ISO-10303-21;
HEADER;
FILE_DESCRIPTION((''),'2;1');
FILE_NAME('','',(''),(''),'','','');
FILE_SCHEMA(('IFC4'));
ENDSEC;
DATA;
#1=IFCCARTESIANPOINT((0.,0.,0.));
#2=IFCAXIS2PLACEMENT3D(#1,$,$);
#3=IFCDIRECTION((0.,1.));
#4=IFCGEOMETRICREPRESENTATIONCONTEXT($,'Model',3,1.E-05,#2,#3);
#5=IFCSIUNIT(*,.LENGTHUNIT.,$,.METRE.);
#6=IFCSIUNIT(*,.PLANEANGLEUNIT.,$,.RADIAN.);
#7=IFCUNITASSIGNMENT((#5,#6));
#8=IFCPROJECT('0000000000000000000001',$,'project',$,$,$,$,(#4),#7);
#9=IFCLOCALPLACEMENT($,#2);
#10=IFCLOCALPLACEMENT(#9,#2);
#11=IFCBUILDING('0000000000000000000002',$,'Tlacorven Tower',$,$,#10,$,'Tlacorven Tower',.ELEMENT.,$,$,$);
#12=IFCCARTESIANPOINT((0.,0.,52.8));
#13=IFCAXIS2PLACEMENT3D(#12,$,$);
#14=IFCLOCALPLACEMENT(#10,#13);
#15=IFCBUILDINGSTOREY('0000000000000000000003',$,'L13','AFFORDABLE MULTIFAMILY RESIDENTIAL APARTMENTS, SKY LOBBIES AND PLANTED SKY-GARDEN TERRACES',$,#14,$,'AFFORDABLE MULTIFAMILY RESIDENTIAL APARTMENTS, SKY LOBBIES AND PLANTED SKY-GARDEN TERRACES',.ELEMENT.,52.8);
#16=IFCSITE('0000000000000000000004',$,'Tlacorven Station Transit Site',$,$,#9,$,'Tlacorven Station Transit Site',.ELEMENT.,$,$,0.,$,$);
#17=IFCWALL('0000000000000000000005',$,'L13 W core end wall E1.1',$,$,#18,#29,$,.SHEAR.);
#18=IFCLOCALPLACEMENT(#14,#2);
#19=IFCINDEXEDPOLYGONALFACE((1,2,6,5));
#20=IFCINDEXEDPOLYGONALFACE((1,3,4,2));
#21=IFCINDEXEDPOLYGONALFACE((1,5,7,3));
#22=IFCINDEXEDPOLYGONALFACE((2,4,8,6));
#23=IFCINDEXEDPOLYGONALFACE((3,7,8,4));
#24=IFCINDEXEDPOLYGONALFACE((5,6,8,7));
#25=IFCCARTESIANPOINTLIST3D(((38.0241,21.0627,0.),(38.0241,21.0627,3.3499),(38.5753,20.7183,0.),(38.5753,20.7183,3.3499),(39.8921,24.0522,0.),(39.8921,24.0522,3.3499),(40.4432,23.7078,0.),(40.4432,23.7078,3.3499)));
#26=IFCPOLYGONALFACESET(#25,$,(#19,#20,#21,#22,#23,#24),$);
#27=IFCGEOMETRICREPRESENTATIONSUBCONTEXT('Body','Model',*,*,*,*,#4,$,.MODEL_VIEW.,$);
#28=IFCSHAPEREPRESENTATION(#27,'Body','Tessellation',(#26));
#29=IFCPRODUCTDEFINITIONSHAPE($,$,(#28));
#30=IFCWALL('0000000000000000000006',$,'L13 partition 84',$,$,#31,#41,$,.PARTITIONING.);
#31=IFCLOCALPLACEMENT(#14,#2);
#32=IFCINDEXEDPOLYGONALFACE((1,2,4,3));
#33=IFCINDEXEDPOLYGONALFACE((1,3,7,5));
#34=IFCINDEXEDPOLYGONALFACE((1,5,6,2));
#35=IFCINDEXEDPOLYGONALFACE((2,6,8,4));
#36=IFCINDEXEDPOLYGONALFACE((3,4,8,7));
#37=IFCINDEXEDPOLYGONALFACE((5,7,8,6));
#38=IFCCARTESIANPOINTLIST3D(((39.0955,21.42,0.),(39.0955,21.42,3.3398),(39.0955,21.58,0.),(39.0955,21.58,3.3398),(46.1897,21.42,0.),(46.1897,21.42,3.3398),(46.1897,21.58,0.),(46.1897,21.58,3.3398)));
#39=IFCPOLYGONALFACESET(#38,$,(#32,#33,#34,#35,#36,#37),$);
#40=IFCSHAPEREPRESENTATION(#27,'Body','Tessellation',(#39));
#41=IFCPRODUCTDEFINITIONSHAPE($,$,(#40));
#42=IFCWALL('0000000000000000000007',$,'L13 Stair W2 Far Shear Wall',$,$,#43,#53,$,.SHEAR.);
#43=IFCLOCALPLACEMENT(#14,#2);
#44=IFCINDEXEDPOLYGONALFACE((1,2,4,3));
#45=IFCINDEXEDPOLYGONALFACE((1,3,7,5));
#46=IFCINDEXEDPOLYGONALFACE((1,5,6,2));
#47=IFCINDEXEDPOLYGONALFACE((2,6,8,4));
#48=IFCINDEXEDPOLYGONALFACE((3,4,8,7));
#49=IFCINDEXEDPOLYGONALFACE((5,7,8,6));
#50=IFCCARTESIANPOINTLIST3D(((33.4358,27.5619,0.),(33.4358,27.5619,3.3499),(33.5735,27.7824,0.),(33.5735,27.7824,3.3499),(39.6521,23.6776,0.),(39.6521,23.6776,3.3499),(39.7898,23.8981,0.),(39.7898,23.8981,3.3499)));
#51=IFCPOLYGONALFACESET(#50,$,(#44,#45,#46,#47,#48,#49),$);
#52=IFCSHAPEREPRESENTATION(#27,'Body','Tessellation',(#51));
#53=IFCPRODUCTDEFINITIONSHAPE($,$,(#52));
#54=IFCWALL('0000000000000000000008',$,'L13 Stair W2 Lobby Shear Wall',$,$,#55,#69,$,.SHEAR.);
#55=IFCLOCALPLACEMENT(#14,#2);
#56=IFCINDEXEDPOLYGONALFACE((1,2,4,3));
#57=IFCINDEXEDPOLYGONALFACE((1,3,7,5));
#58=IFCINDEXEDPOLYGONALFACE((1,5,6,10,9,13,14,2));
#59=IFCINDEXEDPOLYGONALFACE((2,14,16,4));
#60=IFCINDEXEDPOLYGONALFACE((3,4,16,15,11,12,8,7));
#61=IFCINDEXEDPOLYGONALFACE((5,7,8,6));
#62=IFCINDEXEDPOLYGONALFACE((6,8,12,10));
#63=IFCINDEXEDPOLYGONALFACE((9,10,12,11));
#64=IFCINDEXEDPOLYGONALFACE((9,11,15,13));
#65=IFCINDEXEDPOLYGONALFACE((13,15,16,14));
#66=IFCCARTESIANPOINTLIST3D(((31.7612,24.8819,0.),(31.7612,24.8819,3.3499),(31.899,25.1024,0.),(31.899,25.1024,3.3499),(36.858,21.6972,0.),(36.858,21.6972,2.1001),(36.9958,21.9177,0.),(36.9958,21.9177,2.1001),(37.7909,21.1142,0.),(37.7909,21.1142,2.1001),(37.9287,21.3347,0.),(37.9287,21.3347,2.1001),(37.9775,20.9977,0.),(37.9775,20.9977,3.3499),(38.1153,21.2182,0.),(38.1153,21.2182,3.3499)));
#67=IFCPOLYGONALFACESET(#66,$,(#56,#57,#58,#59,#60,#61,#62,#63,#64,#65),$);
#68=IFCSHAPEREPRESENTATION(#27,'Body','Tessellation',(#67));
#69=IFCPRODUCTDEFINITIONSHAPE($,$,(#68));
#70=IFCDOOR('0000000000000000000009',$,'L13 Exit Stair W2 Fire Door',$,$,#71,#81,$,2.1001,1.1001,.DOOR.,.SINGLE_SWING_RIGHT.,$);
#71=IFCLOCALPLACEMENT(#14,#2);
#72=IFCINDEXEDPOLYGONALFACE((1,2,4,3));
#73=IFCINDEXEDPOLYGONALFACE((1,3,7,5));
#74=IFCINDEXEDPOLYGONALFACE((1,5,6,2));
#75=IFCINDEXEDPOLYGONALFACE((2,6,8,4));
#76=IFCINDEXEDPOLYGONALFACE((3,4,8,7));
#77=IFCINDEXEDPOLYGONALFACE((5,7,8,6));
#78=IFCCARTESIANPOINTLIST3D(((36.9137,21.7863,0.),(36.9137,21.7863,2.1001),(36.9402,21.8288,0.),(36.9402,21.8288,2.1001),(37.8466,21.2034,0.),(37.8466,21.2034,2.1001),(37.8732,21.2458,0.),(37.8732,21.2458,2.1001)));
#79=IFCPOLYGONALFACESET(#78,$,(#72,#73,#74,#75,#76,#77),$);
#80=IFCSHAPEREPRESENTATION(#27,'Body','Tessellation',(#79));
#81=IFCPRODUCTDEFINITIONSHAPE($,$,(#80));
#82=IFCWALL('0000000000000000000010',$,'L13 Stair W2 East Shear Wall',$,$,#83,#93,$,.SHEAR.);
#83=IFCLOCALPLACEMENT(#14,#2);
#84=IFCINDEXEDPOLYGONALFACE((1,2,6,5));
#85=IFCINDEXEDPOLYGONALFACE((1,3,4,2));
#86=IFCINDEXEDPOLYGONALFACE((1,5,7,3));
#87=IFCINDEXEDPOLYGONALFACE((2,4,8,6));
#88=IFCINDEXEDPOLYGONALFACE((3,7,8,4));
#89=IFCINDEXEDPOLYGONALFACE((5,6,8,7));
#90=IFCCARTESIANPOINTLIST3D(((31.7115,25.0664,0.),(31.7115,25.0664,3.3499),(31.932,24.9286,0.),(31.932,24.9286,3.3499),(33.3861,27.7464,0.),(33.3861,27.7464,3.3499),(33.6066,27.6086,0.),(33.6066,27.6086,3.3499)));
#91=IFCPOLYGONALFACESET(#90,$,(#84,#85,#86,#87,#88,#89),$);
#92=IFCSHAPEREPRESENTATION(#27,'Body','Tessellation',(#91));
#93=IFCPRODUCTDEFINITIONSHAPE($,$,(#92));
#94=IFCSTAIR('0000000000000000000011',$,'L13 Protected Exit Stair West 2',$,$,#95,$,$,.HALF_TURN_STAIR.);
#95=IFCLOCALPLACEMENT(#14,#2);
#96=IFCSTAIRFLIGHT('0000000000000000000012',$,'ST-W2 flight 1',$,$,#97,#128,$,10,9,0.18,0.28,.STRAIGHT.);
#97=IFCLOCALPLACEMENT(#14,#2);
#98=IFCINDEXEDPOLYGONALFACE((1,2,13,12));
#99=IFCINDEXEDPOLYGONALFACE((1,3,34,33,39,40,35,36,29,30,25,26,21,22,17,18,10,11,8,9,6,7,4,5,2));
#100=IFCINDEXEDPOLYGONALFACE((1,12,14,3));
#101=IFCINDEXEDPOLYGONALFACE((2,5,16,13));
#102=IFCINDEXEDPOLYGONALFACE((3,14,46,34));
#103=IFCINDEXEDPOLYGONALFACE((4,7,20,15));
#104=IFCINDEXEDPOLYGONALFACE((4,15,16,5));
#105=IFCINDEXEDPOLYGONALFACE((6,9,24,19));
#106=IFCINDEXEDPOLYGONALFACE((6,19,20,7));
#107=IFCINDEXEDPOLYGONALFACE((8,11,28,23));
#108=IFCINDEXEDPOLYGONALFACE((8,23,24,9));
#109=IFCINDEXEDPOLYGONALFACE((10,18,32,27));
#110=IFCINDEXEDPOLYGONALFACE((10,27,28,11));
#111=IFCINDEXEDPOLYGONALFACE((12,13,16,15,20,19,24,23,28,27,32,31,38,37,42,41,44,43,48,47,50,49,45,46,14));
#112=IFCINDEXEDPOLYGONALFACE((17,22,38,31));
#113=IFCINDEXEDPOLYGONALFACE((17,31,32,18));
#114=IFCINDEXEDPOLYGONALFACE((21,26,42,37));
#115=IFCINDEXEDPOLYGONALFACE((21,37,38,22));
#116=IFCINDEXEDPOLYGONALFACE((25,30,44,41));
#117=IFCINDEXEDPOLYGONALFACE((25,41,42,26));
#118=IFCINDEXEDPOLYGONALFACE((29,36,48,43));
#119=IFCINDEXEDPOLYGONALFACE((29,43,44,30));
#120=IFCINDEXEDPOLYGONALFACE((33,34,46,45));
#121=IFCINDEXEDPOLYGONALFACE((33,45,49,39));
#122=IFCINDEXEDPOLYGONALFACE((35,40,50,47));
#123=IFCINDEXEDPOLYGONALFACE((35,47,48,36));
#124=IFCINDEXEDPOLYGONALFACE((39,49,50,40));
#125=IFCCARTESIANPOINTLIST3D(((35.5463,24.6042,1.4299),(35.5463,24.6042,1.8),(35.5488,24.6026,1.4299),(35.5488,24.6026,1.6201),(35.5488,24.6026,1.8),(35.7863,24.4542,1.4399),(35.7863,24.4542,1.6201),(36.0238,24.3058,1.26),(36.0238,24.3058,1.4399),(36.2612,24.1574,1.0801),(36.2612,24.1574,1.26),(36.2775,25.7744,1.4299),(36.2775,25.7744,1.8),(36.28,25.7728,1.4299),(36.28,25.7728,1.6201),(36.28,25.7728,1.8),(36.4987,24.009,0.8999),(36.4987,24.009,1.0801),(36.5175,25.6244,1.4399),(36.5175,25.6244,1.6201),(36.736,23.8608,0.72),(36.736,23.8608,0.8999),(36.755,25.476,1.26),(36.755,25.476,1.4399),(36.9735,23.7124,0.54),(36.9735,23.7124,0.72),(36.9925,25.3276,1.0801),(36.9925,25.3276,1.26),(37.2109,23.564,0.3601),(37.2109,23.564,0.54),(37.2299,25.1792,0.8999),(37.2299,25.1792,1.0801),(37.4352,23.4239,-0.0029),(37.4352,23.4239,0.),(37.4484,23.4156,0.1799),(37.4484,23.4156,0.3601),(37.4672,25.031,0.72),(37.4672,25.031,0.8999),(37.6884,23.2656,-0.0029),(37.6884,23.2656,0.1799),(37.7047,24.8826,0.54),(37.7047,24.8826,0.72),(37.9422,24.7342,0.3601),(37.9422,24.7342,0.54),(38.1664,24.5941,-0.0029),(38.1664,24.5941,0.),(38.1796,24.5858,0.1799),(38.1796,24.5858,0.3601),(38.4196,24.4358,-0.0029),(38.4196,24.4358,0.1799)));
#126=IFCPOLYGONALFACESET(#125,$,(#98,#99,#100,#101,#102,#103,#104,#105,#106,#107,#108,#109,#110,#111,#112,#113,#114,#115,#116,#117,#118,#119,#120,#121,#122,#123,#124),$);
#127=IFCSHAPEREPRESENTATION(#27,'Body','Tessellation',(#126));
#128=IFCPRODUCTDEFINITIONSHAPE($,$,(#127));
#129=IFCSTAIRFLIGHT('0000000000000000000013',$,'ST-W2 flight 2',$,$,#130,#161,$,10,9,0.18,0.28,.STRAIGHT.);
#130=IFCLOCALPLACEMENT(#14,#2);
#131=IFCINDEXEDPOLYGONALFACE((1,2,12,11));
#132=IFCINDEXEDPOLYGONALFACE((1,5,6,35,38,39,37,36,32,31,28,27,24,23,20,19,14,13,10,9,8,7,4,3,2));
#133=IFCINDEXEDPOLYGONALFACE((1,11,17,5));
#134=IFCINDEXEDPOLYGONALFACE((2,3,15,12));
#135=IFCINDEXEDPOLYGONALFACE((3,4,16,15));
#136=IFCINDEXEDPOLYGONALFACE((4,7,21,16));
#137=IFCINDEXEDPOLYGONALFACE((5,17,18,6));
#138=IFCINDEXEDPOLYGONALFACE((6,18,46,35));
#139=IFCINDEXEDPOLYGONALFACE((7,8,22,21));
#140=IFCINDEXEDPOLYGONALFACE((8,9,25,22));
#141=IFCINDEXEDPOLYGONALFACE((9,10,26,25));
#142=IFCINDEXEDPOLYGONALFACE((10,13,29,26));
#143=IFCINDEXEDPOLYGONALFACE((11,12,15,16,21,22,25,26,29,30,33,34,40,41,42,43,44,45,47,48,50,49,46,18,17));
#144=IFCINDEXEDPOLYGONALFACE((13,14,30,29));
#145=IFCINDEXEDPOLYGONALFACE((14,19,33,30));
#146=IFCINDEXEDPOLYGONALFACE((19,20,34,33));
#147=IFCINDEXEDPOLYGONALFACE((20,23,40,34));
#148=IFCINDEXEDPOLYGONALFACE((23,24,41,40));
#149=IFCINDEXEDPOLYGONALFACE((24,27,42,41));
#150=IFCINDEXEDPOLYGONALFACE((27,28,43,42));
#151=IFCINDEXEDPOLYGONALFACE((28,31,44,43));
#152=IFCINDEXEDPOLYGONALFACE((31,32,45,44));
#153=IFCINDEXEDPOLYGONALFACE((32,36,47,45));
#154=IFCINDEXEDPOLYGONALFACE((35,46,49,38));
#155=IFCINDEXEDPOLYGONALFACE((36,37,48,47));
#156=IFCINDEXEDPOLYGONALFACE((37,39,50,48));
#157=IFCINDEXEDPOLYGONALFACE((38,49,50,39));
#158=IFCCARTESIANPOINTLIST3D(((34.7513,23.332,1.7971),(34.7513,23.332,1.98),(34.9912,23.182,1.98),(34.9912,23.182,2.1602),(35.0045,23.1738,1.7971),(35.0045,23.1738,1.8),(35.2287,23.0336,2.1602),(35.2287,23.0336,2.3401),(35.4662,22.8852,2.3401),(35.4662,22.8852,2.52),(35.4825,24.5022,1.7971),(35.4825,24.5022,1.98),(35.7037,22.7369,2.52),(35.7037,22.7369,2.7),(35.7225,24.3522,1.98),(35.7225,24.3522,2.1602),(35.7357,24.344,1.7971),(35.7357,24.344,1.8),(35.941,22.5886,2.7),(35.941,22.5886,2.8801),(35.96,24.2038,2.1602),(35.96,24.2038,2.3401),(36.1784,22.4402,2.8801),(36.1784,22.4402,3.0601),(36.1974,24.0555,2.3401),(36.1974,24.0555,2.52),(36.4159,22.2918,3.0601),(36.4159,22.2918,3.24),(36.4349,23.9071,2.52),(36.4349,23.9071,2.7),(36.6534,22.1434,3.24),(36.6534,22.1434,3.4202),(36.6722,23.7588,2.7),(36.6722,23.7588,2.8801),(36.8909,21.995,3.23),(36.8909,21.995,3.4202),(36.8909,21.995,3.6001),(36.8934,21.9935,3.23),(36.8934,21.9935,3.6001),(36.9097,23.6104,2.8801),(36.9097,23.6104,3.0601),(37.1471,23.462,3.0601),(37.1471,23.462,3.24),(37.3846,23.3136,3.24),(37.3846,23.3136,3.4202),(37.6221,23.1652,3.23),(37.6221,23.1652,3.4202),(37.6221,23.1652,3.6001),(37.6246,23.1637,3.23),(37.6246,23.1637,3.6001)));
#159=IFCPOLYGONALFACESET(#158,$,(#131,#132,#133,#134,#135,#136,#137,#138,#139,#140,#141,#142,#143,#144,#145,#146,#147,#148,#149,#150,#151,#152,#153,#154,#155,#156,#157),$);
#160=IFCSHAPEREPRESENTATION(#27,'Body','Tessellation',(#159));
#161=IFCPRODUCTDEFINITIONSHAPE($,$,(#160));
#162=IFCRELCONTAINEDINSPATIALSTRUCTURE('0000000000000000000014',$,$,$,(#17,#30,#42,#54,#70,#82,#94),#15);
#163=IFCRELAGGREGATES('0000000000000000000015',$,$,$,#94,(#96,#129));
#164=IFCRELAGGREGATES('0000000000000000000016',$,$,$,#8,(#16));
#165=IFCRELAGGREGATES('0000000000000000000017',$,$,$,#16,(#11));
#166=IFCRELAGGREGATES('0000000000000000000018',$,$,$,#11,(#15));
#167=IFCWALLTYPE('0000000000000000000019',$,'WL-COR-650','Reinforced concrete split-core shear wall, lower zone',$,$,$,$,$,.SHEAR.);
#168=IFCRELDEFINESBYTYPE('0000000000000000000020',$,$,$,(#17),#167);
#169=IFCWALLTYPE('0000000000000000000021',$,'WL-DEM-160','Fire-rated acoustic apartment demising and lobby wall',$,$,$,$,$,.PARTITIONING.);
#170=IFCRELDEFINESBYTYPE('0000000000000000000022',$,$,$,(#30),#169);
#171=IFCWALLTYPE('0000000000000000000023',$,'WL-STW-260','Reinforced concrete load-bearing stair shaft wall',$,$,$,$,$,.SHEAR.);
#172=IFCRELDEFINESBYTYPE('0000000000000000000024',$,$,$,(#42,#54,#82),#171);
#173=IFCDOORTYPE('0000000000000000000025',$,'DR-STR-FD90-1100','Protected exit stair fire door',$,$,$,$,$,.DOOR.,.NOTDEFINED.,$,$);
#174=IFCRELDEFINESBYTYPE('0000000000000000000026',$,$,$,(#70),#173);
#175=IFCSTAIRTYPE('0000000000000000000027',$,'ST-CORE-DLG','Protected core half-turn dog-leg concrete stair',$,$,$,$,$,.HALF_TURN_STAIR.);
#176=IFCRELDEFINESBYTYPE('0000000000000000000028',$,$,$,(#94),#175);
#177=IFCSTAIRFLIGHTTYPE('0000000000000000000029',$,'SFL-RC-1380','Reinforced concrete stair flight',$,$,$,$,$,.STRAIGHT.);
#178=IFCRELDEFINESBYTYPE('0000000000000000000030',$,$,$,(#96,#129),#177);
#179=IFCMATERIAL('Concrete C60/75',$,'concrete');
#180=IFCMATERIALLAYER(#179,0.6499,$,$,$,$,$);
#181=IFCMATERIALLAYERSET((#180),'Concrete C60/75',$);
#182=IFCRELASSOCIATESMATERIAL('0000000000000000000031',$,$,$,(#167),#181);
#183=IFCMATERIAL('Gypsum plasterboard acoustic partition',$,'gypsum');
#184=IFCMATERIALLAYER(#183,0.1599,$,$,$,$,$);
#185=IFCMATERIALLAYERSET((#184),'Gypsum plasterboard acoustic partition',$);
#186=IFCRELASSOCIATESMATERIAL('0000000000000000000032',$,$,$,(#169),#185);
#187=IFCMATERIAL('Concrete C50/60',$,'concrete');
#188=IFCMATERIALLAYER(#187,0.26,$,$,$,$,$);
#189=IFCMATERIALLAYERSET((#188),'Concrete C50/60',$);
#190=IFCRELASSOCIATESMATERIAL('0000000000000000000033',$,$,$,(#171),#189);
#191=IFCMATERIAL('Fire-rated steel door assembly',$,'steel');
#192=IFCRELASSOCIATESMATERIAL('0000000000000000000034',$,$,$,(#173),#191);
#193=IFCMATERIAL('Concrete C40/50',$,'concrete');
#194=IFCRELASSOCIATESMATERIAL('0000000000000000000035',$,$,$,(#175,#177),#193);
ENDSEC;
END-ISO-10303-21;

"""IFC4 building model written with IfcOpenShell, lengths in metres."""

from ifc_helpers import new_model, si_unit, direction, frame, frame_2d, origin, place, context, subcontext, project, spatial, polyline, rectangle, outline, extrude, source, transform, mapped, material, layer, layer_set, type_object, element, fill, aggregate, save


model = new_model("IFC4")

# Units and contexts
model_context = context("Model", 3, precision=1e-05, world=origin(), true_north=direction((0.0, 1.0)))
body_context = subcontext(model_context, "Body", "Model", "MODEL_VIEW")
ifc_project = project(units=[si_unit("LENGTHUNIT", "METRE"), si_unit("PLANEANGLEUNIT", "RADIAN")], contexts=[model_context])

# Site, building, storey
site_placement = place(None, origin())
site = spatial("IfcSite", under=ifc_project, at=site_placement, Name="Tlacorven Station Transit Site", LongName="Tlacorven Station Transit Site", CompositionType="ELEMENT", RefElevation=0.0)
building_placement = place(site_placement, origin())
building = spatial("IfcBuilding", under=site, at=building_placement, Name="Tlacorven Tower", LongName="Tlacorven Tower", CompositionType="ELEMENT")
storey_placement = place(building_placement, frame((0.0, 0.0, 52.8)))
storey = spatial("IfcBuildingStorey", under=building, at=storey_placement, Name="L13", Description="AFFORDABLE MULTIFAMILY RESIDENTIAL APARTMENTS, SKY LOBBIES AND PLANTED SKY-GARDEN TERRACES", LongName="AFFORDABLE MULTIFAMILY RESIDENTIAL APARTMENTS, SKY LOBBIES AND PLANTED SKY-GARDEN TERRACES", CompositionType="ELEMENT", Elevation=52.8)

# Shared definitions
ifc_material_1 = material(Name="Concrete C60/75", Category="concrete")

# Walls
ifc_layer_1 = layer(ifc_material_1, 0.6499)
ifc_layer_set_1 = layer_set([ifc_layer_1], Name="Concrete C60/75")
wall_type_1 = type_object("IfcWallType", Name="WL-COR-650", Description="Reinforced concrete split-core shear wall, lower zone", PredefinedType="SHEAR", material=ifc_layer_set_1)
wall_1_placement = place(storey_placement, frame((40.1677, 23.8801, 0.0), z_axis=(0.0, 0.0, 1.0), x_axis=(-0.529893, -0.848064, 0.0)))
element("IfcWall", 1, at=wall_1_placement, inside=storey, type_object=wall_type_1, Name="L13 W core end wall E1.1", PredefinedType="SHEAR", context=body_context, shape_type="SweptSolid", body=[
    extrude(rectangle(XDim=3.5251, YDim=0.6499, at=frame_2d((1.7627, 0.0))), origin(), (0.0, 0.0, 1.0), 3.3499),
])
ifc_material_2 = material(Name="Gypsum plasterboard acoustic partition", Category="gypsum")
ifc_layer_2 = layer(ifc_material_2, 0.1599)
ifc_layer_set_2 = layer_set([ifc_layer_2], Name="Gypsum plasterboard acoustic partition")
wall_type_2 = type_object("IfcWallType", Name="WL-DEM-160", Description="Fire-rated acoustic apartment demising and lobby wall", PredefinedType="PARTITIONING", material=ifc_layer_set_2)
wall_2_placement = place(storey_placement, frame((39.0955, 21.5, 0.0), z_axis=(0.0, 0.0, 1.0), x_axis=(1.0, 0.0, 0.0)))
element("IfcWall", 2, at=wall_2_placement, inside=storey, type_object=wall_type_2, Name="L13 partition 84", PredefinedType="PARTITIONING", context=body_context, shape_type="SweptSolid", body=[
    extrude(rectangle(XDim=7.0942, YDim=0.1599, at=frame_2d((3.5471, 0.0))), origin(), (0.0, 0.0, 1.0), 3.3398),
])
ifc_material_3 = material(Name="Concrete C50/60", Category="concrete")
ifc_layer_3 = layer(ifc_material_3, 0.26)
ifc_layer_set_3 = layer_set([ifc_layer_3], Name="Concrete C50/60")
wall_type_3 = type_object("IfcWallType", Name="WL-STW-260", Description="Reinforced concrete load-bearing stair shaft wall", PredefinedType="SHEAR", material=ifc_layer_set_3)
wall_3_placement = place(storey_placement, frame((39.7209, 23.7878, 0.0), z_axis=(0.0, 0.0, 1.0), x_axis=(-0.848054, 0.529909, 0.0)))
element("IfcWall", 3, at=wall_3_placement, inside=storey, type_object=wall_type_3, Name="L13 Stair W2 Far Shear Wall", PredefinedType="SHEAR", context=body_context, shape_type="SweptSolid", body=[
    extrude(rectangle(XDim=7.3301, YDim=0.26, at=frame_2d((3.665, 0.0))), origin(), (0.0, 0.0, 1.0), 3.3499),
])

# Wall, opening, door
wall_4_placement = place(storey_placement, frame((38.0464, 21.1079, 0.0), z_axis=(0.0, 0.0, 1.0), x_axis=(-0.848054, 0.529909, 0.0)))
wall_4 = element("IfcWall", 4, at=wall_4_placement, inside=storey, type_object=wall_type_3, Name="L13 Stair W2 Lobby Shear Wall", PredefinedType="SHEAR", context=body_context, shape_type="SweptSolid", body=[
    extrude(rectangle(XDim=7.3301, YDim=0.26, at=frame_2d((3.665, 0.0))), origin(), (0.0, 0.0, 1.0), 3.3499),
])
opening_placement = place(wall_4_placement, frame((0.22, 0.0, 0.0)))
opening = element("IfcOpeningElement", 5, at=opening_placement, cuts=wall_4, PredefinedType="OPENING", context=body_context, shape_type="SweptSolid", body=[
    extrude(rectangle(XDim=1.1001, YDim=2.1001, at=frame_2d((0.55, 1.05))), frame((0.0, 0.1401, 0.0), z_axis=(0.0, -1.0, 0.0), x_axis=(1.0, 0.0, 0.0)), (0.0, 0.0, 1.0), 0.28),
])
ifc_material_4 = material(Name="Fire-rated steel door assembly", Category="steel")
door_type = type_object("IfcDoorType", Name="DR-STR-FD90-1100", Description="Protected exit stair fire door", OperationType="NOTDEFINED", PredefinedType="DOOR", material=ifc_material_4)
shared_shape_1 = source(origin(), body_context, "Body", "SweptSolid", [
    extrude(rectangle(XDim=1.1001, YDim=2.1001, at=frame_2d((0.55, 1.05))), frame((0.0, 0.0249, 0.0), z_axis=(0.0, -1.0, 0.0), x_axis=(1.0, 0.0, 0.0)), (0.0, 0.0, 1.0), 0.05),
])
door_placement = place(opening_placement, origin())
door = element("IfcDoor", 6, at=door_placement, inside=storey, type_object=door_type, Name="L13 Exit Stair W2 Fire Door", OperationType="SINGLE_SWING_RIGHT", OverallHeight=2.1001, OverallWidth=1.1001, PredefinedType="DOOR", context=body_context, shape_type="MappedRepresentation", body=[
    mapped(shared_shape_1, transform((0.0, 0.0, 0.0), scale=1.0)),
])
fill(opening, door)

# Wall
wall_5_placement = place(storey_placement, frame((33.4963, 27.6775, 0.0), z_axis=(0.0, 0.0, 1.0), x_axis=(-0.529909, -0.848055, 0.0)))
element("IfcWall", 7, at=wall_5_placement, inside=storey, type_object=wall_type_3, Name="L13 Stair W2 East Shear Wall", PredefinedType="SHEAR", context=body_context, shape_type="SweptSolid", body=[
    extrude(rectangle(XDim=3.1602, YDim=0.26, at=frame_2d((1.5801, 0.0))), origin(), (0.0, 0.0, 1.0), 3.3499),
])

# Stair, stair flights
ifc_material_5 = material(Name="Concrete C40/50", Category="concrete")
stair_type = type_object("IfcStairType", Name="ST-CORE-DLG", Description="Protected core half-turn dog-leg concrete stair", PredefinedType="HALF_TURN_STAIR", material=ifc_material_5)
stair_placement = place(storey_placement, origin())
stair = element("IfcStair", 8, at=stair_placement, inside=storey, type_object=stair_type, Name="L13 Protected Exit Stair West 2", PredefinedType="HALF_TURN_STAIR")
stair_flight_type = type_object("IfcStairFlightType", Name="SFL-RC-1380", Description="Reinforced concrete stair flight", PredefinedType="STRAIGHT", material=ifc_material_5)
shared_shape_2 = source(origin(), body_context, "Body", "SweptSolid", [
    extrude(outline(polyline([(-0.0029, -0.0029), (-0.0029, 0.1799), (0.28, 0.1799), (0.28, 0.3601), (0.5601, 0.3601), (0.5601, 0.54), (0.8401, 0.54), (0.8401, 0.72), (1.1201, 0.72), (1.1201, 0.8999), (1.3999, 0.8999), (1.3999, 1.0801), (1.6799, 1.0801), (1.6799, 1.26), (1.96, 1.26), (1.96, 1.4399), (2.24, 1.4399), (2.24, 1.6201), (2.52, 1.6201), (2.52, 1.8), (2.5229, 1.8), (2.5229, 1.4299), (2.52, 1.4299), (0.2957, 0.0), (0.2957, -0.0029), (-0.0029, -0.0029)])), frame((0.0, 0.6899, 0.0), z_axis=(0.0, -1.0, 0.0), x_axis=(1.0, 0.0, 0.0)), (0.0, 0.0, 1.0), 1.3799),
])
stair_flight_1_placement = place(storey_placement, frame((38.0515, 23.8523, 0.0), z_axis=(0.0, 0.0, 1.0), x_axis=(-0.848048, 0.529919, 0.0)))
stair_flight_1 = element("IfcStairFlight", 9, at=stair_flight_1_placement, type_object=stair_flight_type, Name="ST-W2 flight 1", NumberOfRisers=10, NumberOfTreads=9, PredefinedType="STRAIGHT", RiserHeight=0.18, TreadLength=0.28, context=body_context, shape_type="MappedRepresentation", body=[
    mapped(shared_shape_2, transform((0.0, 0.0, 0.0), scale=1.0)),
])
stair_flight_2_placement = place(storey_placement, frame((35.1194, 23.9155, 1.8), z_axis=(0.0, 0.0, 1.0), x_axis=(0.848048, -0.529919, 0.0)))
stair_flight_2 = element("IfcStairFlight", 10, at=stair_flight_2_placement, type_object=stair_flight_type, Name="ST-W2 flight 2", NumberOfRisers=10, NumberOfTreads=9, PredefinedType="STRAIGHT", RiserHeight=0.18, TreadLength=0.28, context=body_context, shape_type="MappedRepresentation", body=[
    mapped(shared_shape_2, transform((0.0, 0.0, 0.0), scale=1.0)),
])
aggregate(stair, [stair_flight_1, stair_flight_2])

save(model, "model.ifc")
